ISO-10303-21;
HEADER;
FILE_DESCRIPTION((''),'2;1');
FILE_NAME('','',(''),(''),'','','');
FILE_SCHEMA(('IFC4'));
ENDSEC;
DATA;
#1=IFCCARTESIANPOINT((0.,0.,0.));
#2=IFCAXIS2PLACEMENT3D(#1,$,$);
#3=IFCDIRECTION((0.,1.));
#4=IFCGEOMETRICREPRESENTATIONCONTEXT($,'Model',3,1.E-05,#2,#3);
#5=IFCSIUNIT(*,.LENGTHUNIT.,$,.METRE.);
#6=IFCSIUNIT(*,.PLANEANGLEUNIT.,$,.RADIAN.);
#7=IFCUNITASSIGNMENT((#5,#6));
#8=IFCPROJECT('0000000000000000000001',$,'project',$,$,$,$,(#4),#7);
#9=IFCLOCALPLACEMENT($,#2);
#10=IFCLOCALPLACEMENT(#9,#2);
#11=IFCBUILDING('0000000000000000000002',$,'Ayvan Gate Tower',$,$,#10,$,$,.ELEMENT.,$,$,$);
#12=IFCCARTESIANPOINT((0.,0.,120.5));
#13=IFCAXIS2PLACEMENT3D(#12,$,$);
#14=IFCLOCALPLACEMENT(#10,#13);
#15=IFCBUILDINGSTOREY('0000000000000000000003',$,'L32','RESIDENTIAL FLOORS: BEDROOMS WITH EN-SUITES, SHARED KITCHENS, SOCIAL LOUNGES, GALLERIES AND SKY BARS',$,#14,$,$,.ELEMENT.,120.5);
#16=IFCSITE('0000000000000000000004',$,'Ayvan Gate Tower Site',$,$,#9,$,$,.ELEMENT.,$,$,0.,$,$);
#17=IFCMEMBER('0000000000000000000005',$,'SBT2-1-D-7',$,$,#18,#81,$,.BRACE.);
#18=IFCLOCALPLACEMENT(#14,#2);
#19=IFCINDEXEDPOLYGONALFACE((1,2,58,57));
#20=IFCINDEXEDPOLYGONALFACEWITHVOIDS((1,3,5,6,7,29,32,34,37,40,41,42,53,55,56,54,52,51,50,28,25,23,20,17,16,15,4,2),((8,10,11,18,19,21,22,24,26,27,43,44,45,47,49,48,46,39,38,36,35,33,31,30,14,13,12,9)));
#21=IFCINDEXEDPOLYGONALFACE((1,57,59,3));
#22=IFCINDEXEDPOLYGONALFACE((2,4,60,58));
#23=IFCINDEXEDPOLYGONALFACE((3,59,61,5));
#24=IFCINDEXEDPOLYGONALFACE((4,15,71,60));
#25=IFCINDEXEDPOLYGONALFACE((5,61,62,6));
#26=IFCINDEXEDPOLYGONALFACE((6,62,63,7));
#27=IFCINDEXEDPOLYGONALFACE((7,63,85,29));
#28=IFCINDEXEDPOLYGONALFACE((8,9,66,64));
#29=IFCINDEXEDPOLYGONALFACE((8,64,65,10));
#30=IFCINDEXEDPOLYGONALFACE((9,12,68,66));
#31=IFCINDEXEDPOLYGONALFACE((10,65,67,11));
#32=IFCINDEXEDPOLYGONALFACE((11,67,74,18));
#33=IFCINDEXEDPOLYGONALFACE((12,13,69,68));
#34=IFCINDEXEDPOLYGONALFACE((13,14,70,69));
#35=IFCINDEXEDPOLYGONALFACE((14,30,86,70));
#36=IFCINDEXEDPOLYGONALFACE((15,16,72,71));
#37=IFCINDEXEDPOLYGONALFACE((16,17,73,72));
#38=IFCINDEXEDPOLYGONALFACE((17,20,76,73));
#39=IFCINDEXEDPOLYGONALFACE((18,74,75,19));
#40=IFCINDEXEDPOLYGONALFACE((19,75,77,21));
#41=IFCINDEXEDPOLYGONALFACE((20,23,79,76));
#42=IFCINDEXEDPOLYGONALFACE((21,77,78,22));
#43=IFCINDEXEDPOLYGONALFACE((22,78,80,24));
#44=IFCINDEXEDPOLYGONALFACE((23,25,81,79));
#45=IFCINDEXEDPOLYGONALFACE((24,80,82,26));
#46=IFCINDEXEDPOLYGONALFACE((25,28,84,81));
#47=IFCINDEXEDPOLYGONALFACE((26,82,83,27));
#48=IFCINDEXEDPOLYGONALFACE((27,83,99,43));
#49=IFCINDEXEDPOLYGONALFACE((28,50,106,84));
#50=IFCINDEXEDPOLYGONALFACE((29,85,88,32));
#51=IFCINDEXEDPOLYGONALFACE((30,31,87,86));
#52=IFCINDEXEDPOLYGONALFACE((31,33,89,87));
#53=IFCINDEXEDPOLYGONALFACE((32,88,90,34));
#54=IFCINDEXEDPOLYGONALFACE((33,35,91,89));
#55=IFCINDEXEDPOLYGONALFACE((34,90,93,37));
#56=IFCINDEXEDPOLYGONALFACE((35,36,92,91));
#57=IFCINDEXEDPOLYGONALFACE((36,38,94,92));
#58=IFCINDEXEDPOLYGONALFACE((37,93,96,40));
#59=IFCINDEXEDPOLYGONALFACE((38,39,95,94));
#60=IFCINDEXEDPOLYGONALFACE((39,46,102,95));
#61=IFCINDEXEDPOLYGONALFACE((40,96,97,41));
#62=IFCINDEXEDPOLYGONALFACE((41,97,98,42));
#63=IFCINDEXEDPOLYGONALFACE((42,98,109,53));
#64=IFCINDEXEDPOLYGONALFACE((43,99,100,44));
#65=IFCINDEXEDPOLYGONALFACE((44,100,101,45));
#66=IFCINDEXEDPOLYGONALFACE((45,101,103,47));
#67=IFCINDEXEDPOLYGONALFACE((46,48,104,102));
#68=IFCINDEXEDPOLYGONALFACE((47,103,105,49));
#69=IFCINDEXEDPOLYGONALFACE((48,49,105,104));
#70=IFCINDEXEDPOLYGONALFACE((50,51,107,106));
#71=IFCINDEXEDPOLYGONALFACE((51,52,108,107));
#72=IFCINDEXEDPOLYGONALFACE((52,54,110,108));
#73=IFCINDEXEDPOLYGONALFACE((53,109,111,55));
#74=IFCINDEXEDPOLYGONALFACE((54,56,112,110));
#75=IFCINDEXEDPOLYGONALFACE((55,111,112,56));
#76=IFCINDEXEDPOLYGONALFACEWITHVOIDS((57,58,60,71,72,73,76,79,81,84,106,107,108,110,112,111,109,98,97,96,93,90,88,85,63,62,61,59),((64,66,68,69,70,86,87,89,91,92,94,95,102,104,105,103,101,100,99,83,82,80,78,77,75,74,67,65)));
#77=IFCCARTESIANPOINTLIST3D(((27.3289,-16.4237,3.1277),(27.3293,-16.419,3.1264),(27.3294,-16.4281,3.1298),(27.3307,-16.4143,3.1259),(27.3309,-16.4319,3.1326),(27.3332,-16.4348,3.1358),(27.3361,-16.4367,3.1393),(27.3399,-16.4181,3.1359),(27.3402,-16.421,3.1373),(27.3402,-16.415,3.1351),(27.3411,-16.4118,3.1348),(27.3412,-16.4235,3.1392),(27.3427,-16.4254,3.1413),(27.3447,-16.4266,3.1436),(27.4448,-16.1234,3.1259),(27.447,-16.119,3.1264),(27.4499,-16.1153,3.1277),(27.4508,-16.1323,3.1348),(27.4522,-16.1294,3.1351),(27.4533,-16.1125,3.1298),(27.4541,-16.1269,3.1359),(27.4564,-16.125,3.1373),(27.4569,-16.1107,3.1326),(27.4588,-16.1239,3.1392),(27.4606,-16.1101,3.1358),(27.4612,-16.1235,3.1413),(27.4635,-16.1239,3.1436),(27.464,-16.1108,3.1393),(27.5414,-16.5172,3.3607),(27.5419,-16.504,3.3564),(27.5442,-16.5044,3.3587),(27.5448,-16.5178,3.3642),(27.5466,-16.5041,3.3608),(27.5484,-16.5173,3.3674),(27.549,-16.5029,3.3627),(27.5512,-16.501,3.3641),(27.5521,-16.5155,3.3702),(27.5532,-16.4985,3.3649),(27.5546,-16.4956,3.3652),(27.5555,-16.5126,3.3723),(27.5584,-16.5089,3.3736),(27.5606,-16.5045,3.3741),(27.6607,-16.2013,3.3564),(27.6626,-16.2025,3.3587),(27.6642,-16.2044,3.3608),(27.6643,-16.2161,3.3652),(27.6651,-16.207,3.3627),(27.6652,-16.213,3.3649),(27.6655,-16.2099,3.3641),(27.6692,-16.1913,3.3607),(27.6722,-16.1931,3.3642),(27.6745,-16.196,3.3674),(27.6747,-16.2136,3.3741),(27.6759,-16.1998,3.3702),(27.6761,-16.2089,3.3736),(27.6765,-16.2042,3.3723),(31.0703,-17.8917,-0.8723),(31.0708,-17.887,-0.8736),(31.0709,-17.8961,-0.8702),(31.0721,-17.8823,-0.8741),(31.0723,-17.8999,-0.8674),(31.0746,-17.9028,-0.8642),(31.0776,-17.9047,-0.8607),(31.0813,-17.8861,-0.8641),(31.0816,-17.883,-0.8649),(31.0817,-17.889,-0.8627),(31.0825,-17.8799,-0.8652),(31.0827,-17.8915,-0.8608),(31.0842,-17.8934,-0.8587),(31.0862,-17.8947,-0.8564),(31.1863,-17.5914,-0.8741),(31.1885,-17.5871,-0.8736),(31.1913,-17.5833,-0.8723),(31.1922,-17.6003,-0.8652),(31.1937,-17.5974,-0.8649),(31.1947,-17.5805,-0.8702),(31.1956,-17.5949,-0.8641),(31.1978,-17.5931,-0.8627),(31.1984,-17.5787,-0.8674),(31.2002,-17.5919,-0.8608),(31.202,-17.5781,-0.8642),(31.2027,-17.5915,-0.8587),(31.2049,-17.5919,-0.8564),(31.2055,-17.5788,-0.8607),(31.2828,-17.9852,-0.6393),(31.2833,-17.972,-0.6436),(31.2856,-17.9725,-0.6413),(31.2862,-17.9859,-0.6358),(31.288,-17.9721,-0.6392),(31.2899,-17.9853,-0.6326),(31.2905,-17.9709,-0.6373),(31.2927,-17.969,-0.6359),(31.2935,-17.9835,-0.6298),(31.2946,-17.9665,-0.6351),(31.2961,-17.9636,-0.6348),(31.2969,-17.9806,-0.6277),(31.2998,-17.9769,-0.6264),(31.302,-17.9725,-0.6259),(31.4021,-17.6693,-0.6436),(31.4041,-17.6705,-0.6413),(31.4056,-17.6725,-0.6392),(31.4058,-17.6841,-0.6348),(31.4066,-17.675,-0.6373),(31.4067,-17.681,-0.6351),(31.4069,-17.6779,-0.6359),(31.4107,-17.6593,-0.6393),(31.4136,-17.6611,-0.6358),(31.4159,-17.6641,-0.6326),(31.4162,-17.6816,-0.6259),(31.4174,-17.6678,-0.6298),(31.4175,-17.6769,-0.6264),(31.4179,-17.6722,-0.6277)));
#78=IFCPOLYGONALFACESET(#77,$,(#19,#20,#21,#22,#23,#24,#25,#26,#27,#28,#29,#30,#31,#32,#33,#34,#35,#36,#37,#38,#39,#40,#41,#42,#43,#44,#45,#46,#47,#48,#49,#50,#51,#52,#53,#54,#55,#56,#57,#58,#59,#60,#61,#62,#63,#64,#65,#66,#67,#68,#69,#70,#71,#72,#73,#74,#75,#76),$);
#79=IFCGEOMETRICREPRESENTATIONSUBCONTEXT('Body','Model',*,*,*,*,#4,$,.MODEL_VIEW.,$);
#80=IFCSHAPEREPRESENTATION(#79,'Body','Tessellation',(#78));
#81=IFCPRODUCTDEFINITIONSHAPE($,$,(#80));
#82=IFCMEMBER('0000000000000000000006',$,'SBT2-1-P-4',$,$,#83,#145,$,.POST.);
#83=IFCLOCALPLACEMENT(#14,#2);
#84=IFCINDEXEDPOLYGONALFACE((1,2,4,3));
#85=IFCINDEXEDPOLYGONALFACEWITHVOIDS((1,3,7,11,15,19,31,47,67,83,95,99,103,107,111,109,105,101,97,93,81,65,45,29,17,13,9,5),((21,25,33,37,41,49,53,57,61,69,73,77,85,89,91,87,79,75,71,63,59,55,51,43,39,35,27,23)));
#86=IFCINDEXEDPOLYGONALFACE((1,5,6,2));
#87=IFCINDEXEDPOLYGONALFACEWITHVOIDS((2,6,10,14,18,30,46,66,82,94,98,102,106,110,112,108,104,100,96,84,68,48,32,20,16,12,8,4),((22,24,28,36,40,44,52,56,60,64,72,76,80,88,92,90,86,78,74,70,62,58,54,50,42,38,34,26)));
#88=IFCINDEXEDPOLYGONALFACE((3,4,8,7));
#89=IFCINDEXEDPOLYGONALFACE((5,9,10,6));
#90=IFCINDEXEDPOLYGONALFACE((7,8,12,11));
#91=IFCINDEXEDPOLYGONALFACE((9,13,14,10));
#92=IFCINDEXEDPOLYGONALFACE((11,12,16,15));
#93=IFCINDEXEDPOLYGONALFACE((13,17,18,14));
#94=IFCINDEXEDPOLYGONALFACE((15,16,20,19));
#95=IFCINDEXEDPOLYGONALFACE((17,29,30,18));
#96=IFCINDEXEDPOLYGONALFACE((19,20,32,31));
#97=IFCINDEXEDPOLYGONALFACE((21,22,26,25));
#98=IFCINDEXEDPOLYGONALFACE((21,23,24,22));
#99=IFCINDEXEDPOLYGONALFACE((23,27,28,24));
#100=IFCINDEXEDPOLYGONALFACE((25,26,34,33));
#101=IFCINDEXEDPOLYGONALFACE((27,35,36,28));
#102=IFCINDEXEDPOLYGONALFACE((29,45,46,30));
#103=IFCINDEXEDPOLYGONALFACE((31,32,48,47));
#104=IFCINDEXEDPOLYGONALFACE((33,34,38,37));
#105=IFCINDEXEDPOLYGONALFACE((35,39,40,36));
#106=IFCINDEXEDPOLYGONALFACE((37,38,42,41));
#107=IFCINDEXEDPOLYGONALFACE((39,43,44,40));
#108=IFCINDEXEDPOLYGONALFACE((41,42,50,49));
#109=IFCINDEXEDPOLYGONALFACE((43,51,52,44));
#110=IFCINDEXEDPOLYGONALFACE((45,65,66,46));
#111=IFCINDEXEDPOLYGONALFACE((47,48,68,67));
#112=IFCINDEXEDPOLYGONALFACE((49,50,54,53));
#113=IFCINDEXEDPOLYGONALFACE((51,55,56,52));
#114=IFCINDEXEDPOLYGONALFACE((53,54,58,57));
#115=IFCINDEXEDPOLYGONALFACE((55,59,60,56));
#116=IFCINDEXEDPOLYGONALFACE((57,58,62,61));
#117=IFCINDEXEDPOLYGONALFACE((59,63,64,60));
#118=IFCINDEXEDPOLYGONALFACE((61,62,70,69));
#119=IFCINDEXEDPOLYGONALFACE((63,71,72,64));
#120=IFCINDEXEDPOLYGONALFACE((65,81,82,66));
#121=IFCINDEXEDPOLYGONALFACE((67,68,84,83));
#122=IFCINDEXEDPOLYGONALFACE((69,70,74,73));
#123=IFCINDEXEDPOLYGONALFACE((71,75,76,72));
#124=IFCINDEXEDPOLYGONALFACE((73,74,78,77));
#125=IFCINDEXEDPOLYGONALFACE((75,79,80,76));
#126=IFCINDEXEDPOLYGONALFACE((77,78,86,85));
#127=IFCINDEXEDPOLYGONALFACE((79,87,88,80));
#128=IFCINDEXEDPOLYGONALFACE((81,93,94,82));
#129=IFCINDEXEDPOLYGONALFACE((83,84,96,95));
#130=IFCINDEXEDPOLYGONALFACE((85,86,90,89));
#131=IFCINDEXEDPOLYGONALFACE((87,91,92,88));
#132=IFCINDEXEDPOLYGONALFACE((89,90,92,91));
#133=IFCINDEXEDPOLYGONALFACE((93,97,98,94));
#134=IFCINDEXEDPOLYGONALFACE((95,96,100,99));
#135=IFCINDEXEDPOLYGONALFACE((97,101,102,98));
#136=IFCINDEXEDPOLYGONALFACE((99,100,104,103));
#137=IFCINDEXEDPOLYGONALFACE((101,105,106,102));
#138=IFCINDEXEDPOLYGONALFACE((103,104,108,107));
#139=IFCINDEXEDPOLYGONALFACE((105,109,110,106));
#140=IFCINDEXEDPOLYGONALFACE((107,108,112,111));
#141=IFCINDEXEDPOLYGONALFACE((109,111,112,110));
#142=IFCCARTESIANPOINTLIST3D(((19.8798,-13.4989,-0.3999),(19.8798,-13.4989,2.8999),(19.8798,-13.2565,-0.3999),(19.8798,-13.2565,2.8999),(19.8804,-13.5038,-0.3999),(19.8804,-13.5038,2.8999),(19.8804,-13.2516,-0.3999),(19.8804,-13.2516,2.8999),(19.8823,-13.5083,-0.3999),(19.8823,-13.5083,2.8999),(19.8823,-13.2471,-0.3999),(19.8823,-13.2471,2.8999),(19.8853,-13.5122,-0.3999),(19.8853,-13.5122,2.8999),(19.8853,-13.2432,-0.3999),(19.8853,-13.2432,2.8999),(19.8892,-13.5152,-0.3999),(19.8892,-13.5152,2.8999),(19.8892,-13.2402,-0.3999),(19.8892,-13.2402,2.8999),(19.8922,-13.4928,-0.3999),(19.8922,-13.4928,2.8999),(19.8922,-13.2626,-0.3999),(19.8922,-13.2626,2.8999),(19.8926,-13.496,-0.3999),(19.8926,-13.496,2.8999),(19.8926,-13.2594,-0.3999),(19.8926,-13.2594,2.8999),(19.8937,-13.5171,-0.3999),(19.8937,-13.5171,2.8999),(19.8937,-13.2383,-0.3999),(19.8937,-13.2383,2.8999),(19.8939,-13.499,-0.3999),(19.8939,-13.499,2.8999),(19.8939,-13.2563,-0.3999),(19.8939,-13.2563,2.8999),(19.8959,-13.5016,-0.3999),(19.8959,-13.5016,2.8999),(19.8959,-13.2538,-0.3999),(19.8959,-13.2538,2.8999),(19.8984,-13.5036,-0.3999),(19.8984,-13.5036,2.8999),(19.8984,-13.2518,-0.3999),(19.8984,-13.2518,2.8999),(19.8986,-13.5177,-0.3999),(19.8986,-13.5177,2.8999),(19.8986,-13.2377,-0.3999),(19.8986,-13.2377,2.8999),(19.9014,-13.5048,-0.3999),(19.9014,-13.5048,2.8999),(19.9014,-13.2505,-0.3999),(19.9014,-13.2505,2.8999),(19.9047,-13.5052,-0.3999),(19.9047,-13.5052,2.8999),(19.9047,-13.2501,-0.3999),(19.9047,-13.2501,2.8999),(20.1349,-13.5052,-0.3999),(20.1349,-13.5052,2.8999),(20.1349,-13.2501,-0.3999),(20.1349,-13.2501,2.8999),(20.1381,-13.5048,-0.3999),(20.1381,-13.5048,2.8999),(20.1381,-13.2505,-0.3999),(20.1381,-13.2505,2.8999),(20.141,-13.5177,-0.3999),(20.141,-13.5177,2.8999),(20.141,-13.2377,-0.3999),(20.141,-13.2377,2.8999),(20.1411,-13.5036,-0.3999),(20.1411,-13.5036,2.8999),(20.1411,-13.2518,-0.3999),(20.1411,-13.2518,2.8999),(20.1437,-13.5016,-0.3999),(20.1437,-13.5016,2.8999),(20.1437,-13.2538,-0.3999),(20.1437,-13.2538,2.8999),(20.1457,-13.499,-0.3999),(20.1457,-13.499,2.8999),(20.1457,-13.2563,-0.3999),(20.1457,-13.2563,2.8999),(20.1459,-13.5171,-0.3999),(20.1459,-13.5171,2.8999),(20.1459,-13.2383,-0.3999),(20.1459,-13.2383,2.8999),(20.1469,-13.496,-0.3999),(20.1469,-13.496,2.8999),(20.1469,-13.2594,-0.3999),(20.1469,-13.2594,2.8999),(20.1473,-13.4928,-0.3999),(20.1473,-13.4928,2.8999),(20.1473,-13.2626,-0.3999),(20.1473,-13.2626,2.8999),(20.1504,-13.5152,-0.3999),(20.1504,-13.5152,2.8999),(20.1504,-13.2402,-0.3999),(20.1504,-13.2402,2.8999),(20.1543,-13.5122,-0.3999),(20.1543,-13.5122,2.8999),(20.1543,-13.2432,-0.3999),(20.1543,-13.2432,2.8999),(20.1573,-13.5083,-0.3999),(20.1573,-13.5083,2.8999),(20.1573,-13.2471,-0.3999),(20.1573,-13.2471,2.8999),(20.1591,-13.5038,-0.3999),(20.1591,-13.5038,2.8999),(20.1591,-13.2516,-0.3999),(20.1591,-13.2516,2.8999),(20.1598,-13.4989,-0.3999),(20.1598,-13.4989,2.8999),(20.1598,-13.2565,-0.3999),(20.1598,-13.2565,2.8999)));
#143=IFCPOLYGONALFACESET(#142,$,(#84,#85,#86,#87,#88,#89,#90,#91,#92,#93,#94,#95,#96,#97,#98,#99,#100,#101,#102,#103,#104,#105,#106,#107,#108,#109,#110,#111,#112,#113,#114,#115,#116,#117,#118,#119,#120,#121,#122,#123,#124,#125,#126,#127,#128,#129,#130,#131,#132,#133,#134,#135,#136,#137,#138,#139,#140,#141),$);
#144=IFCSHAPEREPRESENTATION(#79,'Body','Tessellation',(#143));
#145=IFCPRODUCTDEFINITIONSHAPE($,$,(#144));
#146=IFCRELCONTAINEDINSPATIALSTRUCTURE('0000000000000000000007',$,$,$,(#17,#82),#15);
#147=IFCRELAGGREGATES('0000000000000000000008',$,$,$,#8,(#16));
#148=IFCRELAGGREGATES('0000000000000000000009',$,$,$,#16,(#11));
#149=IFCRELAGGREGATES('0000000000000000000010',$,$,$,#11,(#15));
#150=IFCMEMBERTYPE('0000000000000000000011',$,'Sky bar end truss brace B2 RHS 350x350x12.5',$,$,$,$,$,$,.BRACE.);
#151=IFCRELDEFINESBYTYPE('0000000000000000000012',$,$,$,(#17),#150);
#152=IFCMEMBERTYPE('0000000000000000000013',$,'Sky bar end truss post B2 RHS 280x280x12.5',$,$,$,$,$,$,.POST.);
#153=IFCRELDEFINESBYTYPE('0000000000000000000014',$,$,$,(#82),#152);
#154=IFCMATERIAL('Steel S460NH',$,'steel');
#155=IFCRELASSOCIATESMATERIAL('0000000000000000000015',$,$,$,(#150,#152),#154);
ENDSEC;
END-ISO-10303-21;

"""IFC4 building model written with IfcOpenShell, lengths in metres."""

from ifc_helpers import new_model, si_unit, direction, frame, origin, origin_2d, place, context, subcontext, project, spatial, hollow_rectangle, extrude, material, material_profile, profile_set, type_object, element, save


model = new_model("IFC4")

# Units and contexts
model_context = context("Model", 3, precision=1e-05, world=origin(), true_north=direction((0.0, 1.0)))
body_context = subcontext(model_context, "Body", "Model", "MODEL_VIEW")
ifc_project = project(units=[si_unit("LENGTHUNIT", "METRE"), si_unit("PLANEANGLEUNIT", "RADIAN")], contexts=[model_context])

# Site, building, storey
site_placement = place(None, origin())
site = spatial("IfcSite", under=ifc_project, at=site_placement, Name="Ayvan Gate Tower Site", CompositionType="ELEMENT", RefElevation=0.0)
building_placement = place(site_placement, origin())
building = spatial("IfcBuilding", under=site, at=building_placement, Name="Ayvan Gate Tower", CompositionType="ELEMENT")
storey_placement = place(building_placement, frame((0.0, 0.0, 120.5)))
storey = spatial("IfcBuildingStorey", under=building, at=storey_placement, Name="L32", Description="RESIDENTIAL FLOORS: BEDROOMS WITH EN-SUITES, SHARED KITCHENS, SOCIAL LOUNGES, GALLERIES AND SKY BARS", CompositionType="ELEMENT", Elevation=120.5)

# Members
ifc_material_1 = material(Name="Steel S460NH", Category="steel")
ifc_material_profile_1 = material_profile(ifc_material_1, hollow_rectangle(XDim=0.3501, YDim=0.3501, WallThickness=0.0125, InnerFilletRadius=0.0125, OuterFilletRadius=0.0188, at=origin_2d()), Name="RHS 350x350x12.5")
ifc_profile_set_1 = profile_set([ifc_material_profile_1], Name="Steel S460NH")
member_type_1 = type_object("IfcMemberType", Name="Sky bar end truss brace B2 RHS 350x350x12.5", PredefinedType="BRACE", material=ifc_profile_set_1)
for number, where, z_axis, x_axis, name in (
    (1, (27.5027, -16.314, 3.25), (0.659821, -0.258891, -0.705416), (0.365256, 0.930907, 0.0), "SBT2-1-D-7"),
):
    element("IfcMember", number, at=place(storey_placement, frame(where, z_axis=z_axis, x_axis=x_axis)), inside=storey, type_object=member_type_1, Name=name, PredefinedType="BRACE", context=body_context, shape_type="SweptSolid", body=[
        extrude(hollow_rectangle(XDim=0.3501, YDim=0.3501, WallThickness=0.0125, InnerFilletRadius=0.0125, OuterFilletRadius=0.0188, at=origin_2d()), origin(), (0.0, 0.0, 1.0), 5.6704),
    ])
ifc_material_profile_2 = material_profile(ifc_material_1, hollow_rectangle(XDim=0.28, YDim=0.28, WallThickness=0.0125, InnerFilletRadius=0.0125, OuterFilletRadius=0.0188, at=origin_2d()), Name="RHS 280x280x12.5")
ifc_profile_set_2 = profile_set([ifc_material_profile_2], Name="Steel S460NH")
member_type_2 = type_object("IfcMemberType", Name="Sky bar end truss post B2 RHS 280x280x12.5", PredefinedType="POST", material=ifc_profile_set_2)
for number, where, z_axis, x_axis, name in (
    (2, (20.0198, -13.3777, -0.3999), (0.0, 0.0, 1.0), (1.0, 0.0, 0.0), "SBT2-1-P-4"),
):
    element("IfcMember", number, at=place(storey_placement, frame(where, z_axis=z_axis, x_axis=x_axis)), inside=storey, type_object=member_type_2, Name=name, PredefinedType="POST", context=body_context, shape_type="SweptSolid", body=[
        extrude(hollow_rectangle(XDim=0.28, YDim=0.28, WallThickness=0.0125, InnerFilletRadius=0.0125, OuterFilletRadius=0.0188, at=origin_2d()), origin(), (0.0, 0.0, 1.0), 3.2998),
    ])

save(model, "model.ifc")
